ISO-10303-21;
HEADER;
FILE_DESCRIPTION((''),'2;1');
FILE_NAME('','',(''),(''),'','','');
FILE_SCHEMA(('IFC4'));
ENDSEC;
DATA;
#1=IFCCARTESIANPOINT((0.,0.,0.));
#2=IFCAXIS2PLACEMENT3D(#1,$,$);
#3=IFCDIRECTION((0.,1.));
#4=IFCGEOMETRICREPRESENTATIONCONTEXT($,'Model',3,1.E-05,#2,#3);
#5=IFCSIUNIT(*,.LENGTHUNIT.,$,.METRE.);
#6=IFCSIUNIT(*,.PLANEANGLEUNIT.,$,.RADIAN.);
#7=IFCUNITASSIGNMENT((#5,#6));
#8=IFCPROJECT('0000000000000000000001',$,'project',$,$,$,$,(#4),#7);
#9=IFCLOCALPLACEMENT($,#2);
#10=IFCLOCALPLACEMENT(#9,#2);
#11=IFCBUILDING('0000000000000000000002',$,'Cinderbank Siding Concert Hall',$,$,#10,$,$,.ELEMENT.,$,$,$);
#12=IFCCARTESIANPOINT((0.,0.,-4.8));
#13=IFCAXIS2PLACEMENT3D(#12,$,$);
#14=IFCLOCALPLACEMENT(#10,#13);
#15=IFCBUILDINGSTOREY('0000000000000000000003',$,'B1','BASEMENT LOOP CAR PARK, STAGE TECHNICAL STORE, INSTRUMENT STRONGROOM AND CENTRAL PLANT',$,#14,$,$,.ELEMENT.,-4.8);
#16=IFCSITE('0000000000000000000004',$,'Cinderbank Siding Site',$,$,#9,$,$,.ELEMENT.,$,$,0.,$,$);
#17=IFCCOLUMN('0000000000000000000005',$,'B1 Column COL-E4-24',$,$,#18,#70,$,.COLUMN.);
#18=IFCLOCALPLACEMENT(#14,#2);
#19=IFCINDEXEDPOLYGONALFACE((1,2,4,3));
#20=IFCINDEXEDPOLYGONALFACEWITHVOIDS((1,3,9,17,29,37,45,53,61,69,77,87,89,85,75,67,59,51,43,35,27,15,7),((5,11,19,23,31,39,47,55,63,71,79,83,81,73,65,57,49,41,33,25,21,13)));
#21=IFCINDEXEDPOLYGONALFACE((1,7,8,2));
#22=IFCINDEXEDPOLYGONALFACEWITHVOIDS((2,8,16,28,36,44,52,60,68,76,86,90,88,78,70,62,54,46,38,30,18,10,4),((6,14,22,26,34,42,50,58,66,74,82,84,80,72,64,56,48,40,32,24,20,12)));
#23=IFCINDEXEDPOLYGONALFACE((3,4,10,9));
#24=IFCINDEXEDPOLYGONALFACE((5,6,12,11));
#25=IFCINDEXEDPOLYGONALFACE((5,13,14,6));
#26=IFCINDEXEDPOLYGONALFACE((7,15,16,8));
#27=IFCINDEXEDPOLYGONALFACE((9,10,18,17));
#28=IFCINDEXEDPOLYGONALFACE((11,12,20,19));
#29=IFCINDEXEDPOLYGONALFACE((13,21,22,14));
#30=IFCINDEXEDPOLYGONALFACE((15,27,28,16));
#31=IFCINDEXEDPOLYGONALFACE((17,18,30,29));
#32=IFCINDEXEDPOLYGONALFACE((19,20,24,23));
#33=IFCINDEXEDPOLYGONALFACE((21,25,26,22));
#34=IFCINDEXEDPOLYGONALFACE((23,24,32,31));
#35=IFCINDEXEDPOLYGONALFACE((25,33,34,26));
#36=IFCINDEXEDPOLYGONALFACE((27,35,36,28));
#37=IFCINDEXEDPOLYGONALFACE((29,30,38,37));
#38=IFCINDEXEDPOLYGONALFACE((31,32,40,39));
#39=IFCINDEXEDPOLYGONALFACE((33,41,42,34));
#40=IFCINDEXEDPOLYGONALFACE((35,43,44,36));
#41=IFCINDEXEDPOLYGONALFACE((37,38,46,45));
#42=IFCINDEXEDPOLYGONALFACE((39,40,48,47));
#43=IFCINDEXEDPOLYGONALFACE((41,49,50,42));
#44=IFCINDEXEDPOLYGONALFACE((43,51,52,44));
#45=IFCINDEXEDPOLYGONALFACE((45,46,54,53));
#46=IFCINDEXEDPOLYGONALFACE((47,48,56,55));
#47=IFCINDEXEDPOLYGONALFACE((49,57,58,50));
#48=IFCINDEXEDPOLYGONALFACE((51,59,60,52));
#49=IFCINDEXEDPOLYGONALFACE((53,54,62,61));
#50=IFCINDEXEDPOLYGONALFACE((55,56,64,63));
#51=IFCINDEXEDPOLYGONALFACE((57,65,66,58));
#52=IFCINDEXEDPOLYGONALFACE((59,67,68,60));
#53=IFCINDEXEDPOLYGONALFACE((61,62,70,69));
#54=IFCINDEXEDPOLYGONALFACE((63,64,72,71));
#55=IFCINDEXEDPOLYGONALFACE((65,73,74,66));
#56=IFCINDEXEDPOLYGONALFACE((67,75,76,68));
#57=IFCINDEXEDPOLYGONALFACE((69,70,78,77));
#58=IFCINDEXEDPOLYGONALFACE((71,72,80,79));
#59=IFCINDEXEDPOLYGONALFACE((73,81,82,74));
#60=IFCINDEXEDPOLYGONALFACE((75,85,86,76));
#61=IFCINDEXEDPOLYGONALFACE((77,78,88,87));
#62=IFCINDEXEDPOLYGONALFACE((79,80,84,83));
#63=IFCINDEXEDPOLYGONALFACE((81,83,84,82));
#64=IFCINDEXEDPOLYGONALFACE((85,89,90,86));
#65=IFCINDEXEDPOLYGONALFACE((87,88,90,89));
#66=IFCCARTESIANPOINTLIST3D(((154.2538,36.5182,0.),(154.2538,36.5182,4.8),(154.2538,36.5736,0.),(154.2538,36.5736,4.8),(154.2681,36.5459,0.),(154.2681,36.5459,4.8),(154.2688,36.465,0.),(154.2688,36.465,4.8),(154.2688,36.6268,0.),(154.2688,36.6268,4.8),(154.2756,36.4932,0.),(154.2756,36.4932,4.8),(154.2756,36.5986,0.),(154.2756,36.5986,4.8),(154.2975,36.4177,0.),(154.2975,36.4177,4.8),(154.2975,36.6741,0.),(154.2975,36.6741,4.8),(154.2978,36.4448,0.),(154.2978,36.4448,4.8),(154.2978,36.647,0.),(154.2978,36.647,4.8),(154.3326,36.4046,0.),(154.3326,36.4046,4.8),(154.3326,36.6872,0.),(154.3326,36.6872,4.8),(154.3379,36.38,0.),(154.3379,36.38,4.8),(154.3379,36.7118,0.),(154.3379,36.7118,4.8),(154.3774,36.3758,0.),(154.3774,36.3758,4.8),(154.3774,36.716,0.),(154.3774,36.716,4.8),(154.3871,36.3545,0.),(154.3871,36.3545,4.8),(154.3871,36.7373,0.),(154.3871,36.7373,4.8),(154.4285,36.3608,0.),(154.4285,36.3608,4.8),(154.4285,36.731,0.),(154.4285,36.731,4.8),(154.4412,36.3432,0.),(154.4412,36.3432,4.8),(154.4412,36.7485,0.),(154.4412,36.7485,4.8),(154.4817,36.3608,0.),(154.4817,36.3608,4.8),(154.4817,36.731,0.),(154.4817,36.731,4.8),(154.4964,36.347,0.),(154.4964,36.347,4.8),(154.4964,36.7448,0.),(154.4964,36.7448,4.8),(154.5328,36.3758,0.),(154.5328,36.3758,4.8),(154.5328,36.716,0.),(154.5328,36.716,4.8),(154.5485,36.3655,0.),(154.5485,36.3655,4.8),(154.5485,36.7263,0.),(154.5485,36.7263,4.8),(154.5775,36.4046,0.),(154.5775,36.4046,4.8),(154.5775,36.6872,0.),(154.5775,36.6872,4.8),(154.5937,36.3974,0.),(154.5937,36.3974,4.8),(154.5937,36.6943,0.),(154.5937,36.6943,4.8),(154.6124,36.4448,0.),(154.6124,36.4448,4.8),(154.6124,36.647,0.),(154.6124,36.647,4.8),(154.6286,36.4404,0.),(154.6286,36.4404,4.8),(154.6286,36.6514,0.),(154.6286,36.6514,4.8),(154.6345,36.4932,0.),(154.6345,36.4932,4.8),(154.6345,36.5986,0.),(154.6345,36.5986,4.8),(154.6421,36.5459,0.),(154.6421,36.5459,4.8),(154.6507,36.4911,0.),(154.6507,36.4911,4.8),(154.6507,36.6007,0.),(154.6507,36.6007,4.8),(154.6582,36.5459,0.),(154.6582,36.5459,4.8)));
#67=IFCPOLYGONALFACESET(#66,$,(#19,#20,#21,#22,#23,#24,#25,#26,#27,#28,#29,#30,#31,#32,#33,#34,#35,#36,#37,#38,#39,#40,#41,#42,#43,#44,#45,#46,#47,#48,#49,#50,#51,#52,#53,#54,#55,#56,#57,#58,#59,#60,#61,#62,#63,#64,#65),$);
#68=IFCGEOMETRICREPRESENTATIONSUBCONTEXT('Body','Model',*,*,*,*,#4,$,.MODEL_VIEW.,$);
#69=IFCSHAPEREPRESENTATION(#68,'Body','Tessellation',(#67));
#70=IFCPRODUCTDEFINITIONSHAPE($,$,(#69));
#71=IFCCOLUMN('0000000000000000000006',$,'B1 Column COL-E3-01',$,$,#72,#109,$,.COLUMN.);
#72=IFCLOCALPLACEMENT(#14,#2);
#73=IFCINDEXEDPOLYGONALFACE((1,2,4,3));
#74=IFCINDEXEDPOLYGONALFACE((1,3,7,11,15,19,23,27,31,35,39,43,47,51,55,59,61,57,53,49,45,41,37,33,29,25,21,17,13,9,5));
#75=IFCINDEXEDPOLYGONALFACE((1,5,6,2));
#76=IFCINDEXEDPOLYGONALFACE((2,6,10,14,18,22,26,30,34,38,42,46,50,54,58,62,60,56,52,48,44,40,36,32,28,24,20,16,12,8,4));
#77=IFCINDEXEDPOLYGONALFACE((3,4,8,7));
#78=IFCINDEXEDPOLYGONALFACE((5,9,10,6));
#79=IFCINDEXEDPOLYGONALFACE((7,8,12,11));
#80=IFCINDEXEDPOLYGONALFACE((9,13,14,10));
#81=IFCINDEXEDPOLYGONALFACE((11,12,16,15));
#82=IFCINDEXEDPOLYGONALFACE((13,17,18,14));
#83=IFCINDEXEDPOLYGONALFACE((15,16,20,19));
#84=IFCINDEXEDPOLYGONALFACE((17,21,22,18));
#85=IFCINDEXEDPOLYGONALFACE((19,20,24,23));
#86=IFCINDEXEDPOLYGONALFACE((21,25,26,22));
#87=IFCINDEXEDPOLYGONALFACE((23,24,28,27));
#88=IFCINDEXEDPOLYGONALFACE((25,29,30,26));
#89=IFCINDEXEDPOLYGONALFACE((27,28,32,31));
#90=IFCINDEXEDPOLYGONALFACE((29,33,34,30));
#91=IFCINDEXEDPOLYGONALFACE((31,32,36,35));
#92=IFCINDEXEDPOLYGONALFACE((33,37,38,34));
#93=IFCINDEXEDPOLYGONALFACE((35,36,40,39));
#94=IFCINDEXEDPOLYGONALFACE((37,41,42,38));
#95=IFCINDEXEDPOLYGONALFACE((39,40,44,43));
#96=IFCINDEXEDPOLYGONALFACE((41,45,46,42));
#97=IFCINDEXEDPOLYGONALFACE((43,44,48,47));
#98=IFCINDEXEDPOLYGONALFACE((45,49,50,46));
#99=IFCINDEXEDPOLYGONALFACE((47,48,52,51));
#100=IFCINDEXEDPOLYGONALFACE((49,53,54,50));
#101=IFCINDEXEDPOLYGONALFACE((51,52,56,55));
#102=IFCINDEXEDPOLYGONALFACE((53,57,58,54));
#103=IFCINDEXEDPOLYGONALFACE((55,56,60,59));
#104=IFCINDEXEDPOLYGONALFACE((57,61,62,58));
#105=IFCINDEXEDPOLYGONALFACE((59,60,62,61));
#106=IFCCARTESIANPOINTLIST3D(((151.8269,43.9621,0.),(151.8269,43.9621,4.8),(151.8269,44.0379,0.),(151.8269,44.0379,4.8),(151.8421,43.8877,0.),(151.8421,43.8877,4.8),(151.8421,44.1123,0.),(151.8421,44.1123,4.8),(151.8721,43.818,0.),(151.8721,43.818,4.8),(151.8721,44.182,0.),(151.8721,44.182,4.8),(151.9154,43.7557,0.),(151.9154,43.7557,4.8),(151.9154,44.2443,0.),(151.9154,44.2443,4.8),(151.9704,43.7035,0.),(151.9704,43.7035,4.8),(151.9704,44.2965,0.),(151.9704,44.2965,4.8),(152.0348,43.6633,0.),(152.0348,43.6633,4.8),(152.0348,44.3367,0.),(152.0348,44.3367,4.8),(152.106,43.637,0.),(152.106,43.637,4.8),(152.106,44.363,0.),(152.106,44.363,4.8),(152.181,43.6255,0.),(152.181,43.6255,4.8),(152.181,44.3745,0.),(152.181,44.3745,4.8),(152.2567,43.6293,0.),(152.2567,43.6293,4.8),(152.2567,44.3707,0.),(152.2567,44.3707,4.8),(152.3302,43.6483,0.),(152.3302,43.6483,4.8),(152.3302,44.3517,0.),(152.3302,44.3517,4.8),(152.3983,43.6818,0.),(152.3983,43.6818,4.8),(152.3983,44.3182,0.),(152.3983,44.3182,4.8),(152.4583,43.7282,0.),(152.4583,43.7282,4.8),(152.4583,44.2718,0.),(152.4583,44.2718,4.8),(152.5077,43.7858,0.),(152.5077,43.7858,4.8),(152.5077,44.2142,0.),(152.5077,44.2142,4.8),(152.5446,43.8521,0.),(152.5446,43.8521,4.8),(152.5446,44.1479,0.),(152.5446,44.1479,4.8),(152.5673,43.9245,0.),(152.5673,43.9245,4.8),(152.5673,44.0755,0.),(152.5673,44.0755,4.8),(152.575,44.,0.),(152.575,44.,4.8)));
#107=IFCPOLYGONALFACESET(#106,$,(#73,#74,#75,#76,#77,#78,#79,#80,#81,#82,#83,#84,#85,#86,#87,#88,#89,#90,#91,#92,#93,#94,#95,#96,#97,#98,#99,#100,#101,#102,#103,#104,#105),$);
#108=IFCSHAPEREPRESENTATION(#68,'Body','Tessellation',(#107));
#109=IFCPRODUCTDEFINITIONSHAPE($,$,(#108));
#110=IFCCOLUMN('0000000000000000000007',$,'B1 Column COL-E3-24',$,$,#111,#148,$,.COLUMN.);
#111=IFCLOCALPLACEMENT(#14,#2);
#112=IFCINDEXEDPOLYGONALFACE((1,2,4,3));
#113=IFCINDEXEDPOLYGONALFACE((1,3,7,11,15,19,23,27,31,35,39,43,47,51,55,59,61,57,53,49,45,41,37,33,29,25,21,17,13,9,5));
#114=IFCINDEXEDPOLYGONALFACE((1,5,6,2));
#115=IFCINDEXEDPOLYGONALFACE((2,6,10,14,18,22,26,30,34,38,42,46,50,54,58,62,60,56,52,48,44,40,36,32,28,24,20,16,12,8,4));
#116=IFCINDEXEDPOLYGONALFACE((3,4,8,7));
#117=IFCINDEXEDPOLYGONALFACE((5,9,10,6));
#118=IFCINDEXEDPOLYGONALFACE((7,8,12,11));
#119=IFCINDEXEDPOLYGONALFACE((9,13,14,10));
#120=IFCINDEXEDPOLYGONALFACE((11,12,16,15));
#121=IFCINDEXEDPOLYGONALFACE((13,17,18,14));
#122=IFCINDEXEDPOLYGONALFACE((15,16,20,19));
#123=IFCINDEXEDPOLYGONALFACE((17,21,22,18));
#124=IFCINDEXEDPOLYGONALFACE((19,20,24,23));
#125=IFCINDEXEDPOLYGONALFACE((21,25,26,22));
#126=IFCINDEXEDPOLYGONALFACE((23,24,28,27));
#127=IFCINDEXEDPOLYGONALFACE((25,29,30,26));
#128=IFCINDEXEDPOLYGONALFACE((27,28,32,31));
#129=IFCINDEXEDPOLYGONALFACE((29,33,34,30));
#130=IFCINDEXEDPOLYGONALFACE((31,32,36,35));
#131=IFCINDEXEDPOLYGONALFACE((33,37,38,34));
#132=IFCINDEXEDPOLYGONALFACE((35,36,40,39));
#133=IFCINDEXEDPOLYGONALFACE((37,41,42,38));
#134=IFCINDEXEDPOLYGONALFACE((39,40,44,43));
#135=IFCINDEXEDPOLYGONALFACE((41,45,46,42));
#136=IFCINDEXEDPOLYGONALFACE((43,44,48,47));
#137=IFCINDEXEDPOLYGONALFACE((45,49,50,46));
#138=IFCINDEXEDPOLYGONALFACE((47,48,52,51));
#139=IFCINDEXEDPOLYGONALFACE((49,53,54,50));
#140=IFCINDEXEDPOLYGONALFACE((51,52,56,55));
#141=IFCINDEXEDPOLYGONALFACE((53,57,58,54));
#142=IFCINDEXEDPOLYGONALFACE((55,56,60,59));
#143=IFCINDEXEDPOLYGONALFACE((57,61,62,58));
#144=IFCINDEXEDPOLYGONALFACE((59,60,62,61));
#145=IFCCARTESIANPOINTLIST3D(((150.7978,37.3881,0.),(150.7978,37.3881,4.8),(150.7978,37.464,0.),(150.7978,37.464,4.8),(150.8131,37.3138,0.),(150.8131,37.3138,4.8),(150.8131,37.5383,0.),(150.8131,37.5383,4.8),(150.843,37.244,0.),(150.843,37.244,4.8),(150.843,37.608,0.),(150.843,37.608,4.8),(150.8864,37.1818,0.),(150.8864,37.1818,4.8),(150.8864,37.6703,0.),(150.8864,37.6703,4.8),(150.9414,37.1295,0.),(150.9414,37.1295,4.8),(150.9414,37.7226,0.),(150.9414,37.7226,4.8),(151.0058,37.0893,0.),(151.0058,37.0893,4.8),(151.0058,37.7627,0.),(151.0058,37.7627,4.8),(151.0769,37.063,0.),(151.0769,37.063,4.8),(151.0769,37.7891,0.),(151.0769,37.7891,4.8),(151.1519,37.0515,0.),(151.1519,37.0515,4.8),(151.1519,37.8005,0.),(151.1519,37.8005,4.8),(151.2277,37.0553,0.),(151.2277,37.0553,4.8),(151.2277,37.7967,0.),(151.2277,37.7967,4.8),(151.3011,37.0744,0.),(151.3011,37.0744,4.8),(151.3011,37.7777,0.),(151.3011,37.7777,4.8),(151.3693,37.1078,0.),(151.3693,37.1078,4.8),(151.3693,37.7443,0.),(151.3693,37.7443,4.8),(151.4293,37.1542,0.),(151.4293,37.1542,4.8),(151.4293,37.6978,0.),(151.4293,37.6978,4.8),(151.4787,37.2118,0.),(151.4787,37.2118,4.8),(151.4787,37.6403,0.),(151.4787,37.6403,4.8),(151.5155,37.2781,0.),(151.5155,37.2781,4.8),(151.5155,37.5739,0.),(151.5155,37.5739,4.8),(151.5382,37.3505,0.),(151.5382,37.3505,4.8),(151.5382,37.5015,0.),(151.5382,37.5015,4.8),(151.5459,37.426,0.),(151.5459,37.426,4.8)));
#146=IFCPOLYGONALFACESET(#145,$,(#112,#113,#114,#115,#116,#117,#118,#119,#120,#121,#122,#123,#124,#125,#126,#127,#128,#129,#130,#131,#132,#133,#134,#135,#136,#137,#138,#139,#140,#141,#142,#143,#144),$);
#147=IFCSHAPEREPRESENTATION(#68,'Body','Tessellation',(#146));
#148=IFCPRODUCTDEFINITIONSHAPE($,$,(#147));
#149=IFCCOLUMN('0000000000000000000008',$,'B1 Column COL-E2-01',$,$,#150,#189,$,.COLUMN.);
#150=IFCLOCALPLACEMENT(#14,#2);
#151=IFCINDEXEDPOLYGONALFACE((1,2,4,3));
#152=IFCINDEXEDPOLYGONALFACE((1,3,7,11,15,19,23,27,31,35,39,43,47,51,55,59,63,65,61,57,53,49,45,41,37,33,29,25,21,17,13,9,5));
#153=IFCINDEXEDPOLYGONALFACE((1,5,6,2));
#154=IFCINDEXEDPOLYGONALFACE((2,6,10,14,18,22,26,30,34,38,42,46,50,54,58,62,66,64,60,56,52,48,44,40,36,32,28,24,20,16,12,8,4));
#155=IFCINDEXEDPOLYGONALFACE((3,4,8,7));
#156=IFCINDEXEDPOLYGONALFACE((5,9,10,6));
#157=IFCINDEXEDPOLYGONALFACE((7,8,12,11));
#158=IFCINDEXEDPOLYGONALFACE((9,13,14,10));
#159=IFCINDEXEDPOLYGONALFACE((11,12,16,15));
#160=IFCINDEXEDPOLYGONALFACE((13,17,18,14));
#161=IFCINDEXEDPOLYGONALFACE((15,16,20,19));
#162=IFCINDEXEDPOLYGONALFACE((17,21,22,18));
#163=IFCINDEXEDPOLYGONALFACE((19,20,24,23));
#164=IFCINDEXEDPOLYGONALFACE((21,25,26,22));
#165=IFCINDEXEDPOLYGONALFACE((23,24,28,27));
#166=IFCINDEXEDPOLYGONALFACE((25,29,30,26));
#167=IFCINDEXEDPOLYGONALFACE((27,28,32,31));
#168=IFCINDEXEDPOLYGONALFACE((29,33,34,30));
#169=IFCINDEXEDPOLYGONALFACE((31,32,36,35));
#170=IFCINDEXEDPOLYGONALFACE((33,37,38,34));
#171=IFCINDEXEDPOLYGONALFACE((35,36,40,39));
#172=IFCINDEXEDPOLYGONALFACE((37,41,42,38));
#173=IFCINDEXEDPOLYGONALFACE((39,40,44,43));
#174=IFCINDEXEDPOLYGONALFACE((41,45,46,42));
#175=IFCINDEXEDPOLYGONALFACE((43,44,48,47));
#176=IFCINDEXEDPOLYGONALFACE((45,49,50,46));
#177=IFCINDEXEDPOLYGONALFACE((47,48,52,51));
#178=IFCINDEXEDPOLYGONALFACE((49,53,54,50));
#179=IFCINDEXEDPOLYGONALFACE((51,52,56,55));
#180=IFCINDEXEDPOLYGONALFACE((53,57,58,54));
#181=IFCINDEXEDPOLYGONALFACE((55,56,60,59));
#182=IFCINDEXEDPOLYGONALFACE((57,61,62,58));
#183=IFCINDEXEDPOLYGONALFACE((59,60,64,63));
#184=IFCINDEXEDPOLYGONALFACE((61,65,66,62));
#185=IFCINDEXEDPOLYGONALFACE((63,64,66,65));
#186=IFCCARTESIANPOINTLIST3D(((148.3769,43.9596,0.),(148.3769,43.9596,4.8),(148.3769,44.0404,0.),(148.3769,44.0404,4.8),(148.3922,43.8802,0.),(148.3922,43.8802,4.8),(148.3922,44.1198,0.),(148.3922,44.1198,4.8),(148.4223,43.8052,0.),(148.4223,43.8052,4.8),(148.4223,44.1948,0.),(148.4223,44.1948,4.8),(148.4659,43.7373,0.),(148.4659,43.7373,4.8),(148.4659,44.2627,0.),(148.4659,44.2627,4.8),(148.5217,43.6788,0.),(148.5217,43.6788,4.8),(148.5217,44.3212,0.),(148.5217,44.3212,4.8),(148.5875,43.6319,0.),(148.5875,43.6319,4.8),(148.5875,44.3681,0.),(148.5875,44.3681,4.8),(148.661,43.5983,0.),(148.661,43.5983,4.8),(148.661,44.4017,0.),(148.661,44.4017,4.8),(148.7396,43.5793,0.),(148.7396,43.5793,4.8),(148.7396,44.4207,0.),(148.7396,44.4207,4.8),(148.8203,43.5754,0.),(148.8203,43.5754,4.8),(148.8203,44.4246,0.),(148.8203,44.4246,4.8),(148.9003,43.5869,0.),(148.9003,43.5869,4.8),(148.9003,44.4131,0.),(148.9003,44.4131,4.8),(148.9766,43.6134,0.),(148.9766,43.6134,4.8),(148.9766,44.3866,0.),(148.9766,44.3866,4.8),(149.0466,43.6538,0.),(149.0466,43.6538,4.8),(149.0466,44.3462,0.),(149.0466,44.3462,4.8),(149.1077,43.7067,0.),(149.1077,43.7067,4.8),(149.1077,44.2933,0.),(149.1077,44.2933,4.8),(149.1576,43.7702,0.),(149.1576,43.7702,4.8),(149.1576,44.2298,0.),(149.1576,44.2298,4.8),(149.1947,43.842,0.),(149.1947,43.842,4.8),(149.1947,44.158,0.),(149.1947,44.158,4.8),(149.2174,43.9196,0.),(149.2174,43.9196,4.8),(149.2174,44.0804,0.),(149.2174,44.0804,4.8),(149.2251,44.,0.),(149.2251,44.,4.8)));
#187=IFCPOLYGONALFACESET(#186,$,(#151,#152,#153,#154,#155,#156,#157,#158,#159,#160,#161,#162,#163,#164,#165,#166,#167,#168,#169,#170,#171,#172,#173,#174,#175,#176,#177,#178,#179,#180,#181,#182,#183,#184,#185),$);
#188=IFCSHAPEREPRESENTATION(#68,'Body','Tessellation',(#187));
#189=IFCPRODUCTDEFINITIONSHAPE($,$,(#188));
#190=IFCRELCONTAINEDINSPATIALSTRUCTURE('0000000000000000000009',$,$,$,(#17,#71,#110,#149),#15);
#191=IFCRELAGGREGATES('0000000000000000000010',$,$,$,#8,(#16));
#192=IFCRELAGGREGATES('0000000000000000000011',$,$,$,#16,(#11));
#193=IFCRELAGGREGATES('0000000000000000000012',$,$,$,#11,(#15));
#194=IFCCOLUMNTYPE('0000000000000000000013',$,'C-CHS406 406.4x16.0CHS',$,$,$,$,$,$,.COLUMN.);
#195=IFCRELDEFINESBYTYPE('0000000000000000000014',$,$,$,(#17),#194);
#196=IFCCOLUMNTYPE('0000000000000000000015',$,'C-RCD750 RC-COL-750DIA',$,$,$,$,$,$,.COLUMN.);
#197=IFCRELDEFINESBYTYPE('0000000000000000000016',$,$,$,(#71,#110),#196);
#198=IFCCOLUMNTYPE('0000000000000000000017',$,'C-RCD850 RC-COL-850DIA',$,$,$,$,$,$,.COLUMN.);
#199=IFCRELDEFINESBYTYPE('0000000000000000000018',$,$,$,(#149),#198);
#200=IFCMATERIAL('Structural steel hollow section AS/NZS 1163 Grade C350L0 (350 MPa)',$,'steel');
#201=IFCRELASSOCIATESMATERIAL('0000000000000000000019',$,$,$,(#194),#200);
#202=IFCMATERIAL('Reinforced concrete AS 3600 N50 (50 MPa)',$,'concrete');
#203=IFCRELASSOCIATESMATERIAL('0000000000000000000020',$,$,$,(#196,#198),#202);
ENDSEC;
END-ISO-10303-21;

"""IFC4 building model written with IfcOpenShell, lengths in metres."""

from ifc_helpers import new_model, si_unit, direction, frame, origin, origin_2d, place, context, subcontext, project, spatial, circle, hollow_circle, extrude, material, material_profile, profile_set, type_object, element, save


model = new_model("IFC4")

# Units and contexts
model_context = context("Model", 3, precision=1e-05, world=origin(), true_north=direction((0.0, 1.0)))
body_context = subcontext(model_context, "Body", "Model", "MODEL_VIEW")
ifc_project = project(units=[si_unit("LENGTHUNIT", "METRE"), si_unit("PLANEANGLEUNIT", "RADIAN")], contexts=[model_context])

# Site, building, storey
site_placement = place(None, origin())
site = spatial("IfcSite", under=ifc_project, at=site_placement, Name="Cinderbank Siding Site", CompositionType="ELEMENT", RefElevation=0.0)
building_placement = place(site_placement, origin())
building = spatial("IfcBuilding", under=site, at=building_placement, Name="Cinderbank Siding Concert Hall", CompositionType="ELEMENT")
storey_placement = place(building_placement, frame((0.0, 0.0, -4.8)))
storey = spatial("IfcBuildingStorey", under=building, at=storey_placement, Name="B1", Description="BASEMENT LOOP CAR PARK, STAGE TECHNICAL STORE, INSTRUMENT STRONGROOM AND CENTRAL PLANT", CompositionType="ELEMENT", Elevation=-4.8)

# Columns
ifc_material_1 = material(Name="Structural steel hollow section AS/NZS 1163 Grade C350L0 (350 MPa)", Category="steel")
ifc_material_profile_1 = material_profile(ifc_material_1, hollow_circle(Radius=0.2031, WallThickness=0.0161, at=origin_2d()), Name="406.4x16.0CHS", Category="LoadBearing")
ifc_profile_set_1 = profile_set([ifc_material_profile_1], Name="Structural steel hollow section AS/NZS 1163 Grade C350L0 (350 MPa)")
column_type_1 = type_object("IfcColumnType", Name="C-CHS406 406.4x16.0CHS", PredefinedType="COLUMN", material=ifc_profile_set_1)
column_placement = place(storey_placement, frame((154.4551, 36.5459, 0.0), z_axis=(0.0, 0.0, 1.0), x_axis=(1.0, 0.0, 0.0)))
element("IfcColumn", 1, at=column_placement, inside=storey, type_object=column_type_1, Name="B1 Column COL-E4-24", PredefinedType="COLUMN", context=body_context, shape_type="SweptSolid", body=[
    extrude(hollow_circle(Radius=0.2031, WallThickness=0.0161, at=origin_2d()), origin(), (0.0, 0.0, 1.0), 4.8),
])
ifc_material_2 = material(Name="Reinforced concrete AS 3600 N50 (50 MPa)", Category="concrete")
ifc_material_profile_2 = material_profile(ifc_material_2, circle(Radius=0.375, at=origin_2d()), Name="RC-COL-750DIA", Category="LoadBearing")
ifc_profile_set_2 = profile_set([ifc_material_profile_2], Name="Reinforced concrete AS 3600 N50 (50 MPa)")
column_type_2 = type_object("IfcColumnType", Name="C-RCD750 RC-COL-750DIA", PredefinedType="COLUMN", material=ifc_profile_set_2)
for number, where, z_axis, x_axis, name in (
    (2, (152.2, 44.0, 0.0), (0.0, 0.0, 1.0), (1.0, 0.0, 0.0), "B1 Column COL-E3-01"),
    (3, (151.1709, 37.426, 0.0), (0.0, 0.0, 1.0), (1.0, 0.0, 0.0), "B1 Column COL-E3-24"),
):
    element("IfcColumn", number, at=place(storey_placement, frame(where, z_axis=z_axis, x_axis=x_axis)), inside=storey, type_object=column_type_2, Name=name, PredefinedType="COLUMN", context=body_context, shape_type="SweptSolid", body=[
        extrude(circle(Radius=0.375, at=origin_2d()), origin(), (0.0, 0.0, 1.0), 4.8),
    ])
ifc_material_profile_3 = material_profile(ifc_material_2, circle(Radius=0.425, at=origin_2d()), Name="RC-COL-850DIA", Category="LoadBearing")
ifc_profile_set_3 = profile_set([ifc_material_profile_3], Name="Reinforced concrete AS 3600 N50 (50 MPa)")
column_type_3 = type_object("IfcColumnType", Name="C-RCD850 RC-COL-850DIA", PredefinedType="COLUMN", material=ifc_profile_set_3)
for number, where, z_axis, x_axis, name in (
    (4, (148.8, 44.0, 0.0), (0.0, 0.0, 1.0), (1.0, 0.0, 0.0), "B1 Column COL-E2-01"),
):
    element("IfcColumn", number, at=place(storey_placement, frame(where, z_axis=z_axis, x_axis=x_axis)), inside=storey, type_object=column_type_3, Name=name, PredefinedType="COLUMN", context=body_context, shape_type="SweptSolid", body=[
        extrude(circle(Radius=0.425, at=origin_2d()), origin(), (0.0, 0.0, 1.0), 4.8),
    ])

save(model, "model.ifc")
